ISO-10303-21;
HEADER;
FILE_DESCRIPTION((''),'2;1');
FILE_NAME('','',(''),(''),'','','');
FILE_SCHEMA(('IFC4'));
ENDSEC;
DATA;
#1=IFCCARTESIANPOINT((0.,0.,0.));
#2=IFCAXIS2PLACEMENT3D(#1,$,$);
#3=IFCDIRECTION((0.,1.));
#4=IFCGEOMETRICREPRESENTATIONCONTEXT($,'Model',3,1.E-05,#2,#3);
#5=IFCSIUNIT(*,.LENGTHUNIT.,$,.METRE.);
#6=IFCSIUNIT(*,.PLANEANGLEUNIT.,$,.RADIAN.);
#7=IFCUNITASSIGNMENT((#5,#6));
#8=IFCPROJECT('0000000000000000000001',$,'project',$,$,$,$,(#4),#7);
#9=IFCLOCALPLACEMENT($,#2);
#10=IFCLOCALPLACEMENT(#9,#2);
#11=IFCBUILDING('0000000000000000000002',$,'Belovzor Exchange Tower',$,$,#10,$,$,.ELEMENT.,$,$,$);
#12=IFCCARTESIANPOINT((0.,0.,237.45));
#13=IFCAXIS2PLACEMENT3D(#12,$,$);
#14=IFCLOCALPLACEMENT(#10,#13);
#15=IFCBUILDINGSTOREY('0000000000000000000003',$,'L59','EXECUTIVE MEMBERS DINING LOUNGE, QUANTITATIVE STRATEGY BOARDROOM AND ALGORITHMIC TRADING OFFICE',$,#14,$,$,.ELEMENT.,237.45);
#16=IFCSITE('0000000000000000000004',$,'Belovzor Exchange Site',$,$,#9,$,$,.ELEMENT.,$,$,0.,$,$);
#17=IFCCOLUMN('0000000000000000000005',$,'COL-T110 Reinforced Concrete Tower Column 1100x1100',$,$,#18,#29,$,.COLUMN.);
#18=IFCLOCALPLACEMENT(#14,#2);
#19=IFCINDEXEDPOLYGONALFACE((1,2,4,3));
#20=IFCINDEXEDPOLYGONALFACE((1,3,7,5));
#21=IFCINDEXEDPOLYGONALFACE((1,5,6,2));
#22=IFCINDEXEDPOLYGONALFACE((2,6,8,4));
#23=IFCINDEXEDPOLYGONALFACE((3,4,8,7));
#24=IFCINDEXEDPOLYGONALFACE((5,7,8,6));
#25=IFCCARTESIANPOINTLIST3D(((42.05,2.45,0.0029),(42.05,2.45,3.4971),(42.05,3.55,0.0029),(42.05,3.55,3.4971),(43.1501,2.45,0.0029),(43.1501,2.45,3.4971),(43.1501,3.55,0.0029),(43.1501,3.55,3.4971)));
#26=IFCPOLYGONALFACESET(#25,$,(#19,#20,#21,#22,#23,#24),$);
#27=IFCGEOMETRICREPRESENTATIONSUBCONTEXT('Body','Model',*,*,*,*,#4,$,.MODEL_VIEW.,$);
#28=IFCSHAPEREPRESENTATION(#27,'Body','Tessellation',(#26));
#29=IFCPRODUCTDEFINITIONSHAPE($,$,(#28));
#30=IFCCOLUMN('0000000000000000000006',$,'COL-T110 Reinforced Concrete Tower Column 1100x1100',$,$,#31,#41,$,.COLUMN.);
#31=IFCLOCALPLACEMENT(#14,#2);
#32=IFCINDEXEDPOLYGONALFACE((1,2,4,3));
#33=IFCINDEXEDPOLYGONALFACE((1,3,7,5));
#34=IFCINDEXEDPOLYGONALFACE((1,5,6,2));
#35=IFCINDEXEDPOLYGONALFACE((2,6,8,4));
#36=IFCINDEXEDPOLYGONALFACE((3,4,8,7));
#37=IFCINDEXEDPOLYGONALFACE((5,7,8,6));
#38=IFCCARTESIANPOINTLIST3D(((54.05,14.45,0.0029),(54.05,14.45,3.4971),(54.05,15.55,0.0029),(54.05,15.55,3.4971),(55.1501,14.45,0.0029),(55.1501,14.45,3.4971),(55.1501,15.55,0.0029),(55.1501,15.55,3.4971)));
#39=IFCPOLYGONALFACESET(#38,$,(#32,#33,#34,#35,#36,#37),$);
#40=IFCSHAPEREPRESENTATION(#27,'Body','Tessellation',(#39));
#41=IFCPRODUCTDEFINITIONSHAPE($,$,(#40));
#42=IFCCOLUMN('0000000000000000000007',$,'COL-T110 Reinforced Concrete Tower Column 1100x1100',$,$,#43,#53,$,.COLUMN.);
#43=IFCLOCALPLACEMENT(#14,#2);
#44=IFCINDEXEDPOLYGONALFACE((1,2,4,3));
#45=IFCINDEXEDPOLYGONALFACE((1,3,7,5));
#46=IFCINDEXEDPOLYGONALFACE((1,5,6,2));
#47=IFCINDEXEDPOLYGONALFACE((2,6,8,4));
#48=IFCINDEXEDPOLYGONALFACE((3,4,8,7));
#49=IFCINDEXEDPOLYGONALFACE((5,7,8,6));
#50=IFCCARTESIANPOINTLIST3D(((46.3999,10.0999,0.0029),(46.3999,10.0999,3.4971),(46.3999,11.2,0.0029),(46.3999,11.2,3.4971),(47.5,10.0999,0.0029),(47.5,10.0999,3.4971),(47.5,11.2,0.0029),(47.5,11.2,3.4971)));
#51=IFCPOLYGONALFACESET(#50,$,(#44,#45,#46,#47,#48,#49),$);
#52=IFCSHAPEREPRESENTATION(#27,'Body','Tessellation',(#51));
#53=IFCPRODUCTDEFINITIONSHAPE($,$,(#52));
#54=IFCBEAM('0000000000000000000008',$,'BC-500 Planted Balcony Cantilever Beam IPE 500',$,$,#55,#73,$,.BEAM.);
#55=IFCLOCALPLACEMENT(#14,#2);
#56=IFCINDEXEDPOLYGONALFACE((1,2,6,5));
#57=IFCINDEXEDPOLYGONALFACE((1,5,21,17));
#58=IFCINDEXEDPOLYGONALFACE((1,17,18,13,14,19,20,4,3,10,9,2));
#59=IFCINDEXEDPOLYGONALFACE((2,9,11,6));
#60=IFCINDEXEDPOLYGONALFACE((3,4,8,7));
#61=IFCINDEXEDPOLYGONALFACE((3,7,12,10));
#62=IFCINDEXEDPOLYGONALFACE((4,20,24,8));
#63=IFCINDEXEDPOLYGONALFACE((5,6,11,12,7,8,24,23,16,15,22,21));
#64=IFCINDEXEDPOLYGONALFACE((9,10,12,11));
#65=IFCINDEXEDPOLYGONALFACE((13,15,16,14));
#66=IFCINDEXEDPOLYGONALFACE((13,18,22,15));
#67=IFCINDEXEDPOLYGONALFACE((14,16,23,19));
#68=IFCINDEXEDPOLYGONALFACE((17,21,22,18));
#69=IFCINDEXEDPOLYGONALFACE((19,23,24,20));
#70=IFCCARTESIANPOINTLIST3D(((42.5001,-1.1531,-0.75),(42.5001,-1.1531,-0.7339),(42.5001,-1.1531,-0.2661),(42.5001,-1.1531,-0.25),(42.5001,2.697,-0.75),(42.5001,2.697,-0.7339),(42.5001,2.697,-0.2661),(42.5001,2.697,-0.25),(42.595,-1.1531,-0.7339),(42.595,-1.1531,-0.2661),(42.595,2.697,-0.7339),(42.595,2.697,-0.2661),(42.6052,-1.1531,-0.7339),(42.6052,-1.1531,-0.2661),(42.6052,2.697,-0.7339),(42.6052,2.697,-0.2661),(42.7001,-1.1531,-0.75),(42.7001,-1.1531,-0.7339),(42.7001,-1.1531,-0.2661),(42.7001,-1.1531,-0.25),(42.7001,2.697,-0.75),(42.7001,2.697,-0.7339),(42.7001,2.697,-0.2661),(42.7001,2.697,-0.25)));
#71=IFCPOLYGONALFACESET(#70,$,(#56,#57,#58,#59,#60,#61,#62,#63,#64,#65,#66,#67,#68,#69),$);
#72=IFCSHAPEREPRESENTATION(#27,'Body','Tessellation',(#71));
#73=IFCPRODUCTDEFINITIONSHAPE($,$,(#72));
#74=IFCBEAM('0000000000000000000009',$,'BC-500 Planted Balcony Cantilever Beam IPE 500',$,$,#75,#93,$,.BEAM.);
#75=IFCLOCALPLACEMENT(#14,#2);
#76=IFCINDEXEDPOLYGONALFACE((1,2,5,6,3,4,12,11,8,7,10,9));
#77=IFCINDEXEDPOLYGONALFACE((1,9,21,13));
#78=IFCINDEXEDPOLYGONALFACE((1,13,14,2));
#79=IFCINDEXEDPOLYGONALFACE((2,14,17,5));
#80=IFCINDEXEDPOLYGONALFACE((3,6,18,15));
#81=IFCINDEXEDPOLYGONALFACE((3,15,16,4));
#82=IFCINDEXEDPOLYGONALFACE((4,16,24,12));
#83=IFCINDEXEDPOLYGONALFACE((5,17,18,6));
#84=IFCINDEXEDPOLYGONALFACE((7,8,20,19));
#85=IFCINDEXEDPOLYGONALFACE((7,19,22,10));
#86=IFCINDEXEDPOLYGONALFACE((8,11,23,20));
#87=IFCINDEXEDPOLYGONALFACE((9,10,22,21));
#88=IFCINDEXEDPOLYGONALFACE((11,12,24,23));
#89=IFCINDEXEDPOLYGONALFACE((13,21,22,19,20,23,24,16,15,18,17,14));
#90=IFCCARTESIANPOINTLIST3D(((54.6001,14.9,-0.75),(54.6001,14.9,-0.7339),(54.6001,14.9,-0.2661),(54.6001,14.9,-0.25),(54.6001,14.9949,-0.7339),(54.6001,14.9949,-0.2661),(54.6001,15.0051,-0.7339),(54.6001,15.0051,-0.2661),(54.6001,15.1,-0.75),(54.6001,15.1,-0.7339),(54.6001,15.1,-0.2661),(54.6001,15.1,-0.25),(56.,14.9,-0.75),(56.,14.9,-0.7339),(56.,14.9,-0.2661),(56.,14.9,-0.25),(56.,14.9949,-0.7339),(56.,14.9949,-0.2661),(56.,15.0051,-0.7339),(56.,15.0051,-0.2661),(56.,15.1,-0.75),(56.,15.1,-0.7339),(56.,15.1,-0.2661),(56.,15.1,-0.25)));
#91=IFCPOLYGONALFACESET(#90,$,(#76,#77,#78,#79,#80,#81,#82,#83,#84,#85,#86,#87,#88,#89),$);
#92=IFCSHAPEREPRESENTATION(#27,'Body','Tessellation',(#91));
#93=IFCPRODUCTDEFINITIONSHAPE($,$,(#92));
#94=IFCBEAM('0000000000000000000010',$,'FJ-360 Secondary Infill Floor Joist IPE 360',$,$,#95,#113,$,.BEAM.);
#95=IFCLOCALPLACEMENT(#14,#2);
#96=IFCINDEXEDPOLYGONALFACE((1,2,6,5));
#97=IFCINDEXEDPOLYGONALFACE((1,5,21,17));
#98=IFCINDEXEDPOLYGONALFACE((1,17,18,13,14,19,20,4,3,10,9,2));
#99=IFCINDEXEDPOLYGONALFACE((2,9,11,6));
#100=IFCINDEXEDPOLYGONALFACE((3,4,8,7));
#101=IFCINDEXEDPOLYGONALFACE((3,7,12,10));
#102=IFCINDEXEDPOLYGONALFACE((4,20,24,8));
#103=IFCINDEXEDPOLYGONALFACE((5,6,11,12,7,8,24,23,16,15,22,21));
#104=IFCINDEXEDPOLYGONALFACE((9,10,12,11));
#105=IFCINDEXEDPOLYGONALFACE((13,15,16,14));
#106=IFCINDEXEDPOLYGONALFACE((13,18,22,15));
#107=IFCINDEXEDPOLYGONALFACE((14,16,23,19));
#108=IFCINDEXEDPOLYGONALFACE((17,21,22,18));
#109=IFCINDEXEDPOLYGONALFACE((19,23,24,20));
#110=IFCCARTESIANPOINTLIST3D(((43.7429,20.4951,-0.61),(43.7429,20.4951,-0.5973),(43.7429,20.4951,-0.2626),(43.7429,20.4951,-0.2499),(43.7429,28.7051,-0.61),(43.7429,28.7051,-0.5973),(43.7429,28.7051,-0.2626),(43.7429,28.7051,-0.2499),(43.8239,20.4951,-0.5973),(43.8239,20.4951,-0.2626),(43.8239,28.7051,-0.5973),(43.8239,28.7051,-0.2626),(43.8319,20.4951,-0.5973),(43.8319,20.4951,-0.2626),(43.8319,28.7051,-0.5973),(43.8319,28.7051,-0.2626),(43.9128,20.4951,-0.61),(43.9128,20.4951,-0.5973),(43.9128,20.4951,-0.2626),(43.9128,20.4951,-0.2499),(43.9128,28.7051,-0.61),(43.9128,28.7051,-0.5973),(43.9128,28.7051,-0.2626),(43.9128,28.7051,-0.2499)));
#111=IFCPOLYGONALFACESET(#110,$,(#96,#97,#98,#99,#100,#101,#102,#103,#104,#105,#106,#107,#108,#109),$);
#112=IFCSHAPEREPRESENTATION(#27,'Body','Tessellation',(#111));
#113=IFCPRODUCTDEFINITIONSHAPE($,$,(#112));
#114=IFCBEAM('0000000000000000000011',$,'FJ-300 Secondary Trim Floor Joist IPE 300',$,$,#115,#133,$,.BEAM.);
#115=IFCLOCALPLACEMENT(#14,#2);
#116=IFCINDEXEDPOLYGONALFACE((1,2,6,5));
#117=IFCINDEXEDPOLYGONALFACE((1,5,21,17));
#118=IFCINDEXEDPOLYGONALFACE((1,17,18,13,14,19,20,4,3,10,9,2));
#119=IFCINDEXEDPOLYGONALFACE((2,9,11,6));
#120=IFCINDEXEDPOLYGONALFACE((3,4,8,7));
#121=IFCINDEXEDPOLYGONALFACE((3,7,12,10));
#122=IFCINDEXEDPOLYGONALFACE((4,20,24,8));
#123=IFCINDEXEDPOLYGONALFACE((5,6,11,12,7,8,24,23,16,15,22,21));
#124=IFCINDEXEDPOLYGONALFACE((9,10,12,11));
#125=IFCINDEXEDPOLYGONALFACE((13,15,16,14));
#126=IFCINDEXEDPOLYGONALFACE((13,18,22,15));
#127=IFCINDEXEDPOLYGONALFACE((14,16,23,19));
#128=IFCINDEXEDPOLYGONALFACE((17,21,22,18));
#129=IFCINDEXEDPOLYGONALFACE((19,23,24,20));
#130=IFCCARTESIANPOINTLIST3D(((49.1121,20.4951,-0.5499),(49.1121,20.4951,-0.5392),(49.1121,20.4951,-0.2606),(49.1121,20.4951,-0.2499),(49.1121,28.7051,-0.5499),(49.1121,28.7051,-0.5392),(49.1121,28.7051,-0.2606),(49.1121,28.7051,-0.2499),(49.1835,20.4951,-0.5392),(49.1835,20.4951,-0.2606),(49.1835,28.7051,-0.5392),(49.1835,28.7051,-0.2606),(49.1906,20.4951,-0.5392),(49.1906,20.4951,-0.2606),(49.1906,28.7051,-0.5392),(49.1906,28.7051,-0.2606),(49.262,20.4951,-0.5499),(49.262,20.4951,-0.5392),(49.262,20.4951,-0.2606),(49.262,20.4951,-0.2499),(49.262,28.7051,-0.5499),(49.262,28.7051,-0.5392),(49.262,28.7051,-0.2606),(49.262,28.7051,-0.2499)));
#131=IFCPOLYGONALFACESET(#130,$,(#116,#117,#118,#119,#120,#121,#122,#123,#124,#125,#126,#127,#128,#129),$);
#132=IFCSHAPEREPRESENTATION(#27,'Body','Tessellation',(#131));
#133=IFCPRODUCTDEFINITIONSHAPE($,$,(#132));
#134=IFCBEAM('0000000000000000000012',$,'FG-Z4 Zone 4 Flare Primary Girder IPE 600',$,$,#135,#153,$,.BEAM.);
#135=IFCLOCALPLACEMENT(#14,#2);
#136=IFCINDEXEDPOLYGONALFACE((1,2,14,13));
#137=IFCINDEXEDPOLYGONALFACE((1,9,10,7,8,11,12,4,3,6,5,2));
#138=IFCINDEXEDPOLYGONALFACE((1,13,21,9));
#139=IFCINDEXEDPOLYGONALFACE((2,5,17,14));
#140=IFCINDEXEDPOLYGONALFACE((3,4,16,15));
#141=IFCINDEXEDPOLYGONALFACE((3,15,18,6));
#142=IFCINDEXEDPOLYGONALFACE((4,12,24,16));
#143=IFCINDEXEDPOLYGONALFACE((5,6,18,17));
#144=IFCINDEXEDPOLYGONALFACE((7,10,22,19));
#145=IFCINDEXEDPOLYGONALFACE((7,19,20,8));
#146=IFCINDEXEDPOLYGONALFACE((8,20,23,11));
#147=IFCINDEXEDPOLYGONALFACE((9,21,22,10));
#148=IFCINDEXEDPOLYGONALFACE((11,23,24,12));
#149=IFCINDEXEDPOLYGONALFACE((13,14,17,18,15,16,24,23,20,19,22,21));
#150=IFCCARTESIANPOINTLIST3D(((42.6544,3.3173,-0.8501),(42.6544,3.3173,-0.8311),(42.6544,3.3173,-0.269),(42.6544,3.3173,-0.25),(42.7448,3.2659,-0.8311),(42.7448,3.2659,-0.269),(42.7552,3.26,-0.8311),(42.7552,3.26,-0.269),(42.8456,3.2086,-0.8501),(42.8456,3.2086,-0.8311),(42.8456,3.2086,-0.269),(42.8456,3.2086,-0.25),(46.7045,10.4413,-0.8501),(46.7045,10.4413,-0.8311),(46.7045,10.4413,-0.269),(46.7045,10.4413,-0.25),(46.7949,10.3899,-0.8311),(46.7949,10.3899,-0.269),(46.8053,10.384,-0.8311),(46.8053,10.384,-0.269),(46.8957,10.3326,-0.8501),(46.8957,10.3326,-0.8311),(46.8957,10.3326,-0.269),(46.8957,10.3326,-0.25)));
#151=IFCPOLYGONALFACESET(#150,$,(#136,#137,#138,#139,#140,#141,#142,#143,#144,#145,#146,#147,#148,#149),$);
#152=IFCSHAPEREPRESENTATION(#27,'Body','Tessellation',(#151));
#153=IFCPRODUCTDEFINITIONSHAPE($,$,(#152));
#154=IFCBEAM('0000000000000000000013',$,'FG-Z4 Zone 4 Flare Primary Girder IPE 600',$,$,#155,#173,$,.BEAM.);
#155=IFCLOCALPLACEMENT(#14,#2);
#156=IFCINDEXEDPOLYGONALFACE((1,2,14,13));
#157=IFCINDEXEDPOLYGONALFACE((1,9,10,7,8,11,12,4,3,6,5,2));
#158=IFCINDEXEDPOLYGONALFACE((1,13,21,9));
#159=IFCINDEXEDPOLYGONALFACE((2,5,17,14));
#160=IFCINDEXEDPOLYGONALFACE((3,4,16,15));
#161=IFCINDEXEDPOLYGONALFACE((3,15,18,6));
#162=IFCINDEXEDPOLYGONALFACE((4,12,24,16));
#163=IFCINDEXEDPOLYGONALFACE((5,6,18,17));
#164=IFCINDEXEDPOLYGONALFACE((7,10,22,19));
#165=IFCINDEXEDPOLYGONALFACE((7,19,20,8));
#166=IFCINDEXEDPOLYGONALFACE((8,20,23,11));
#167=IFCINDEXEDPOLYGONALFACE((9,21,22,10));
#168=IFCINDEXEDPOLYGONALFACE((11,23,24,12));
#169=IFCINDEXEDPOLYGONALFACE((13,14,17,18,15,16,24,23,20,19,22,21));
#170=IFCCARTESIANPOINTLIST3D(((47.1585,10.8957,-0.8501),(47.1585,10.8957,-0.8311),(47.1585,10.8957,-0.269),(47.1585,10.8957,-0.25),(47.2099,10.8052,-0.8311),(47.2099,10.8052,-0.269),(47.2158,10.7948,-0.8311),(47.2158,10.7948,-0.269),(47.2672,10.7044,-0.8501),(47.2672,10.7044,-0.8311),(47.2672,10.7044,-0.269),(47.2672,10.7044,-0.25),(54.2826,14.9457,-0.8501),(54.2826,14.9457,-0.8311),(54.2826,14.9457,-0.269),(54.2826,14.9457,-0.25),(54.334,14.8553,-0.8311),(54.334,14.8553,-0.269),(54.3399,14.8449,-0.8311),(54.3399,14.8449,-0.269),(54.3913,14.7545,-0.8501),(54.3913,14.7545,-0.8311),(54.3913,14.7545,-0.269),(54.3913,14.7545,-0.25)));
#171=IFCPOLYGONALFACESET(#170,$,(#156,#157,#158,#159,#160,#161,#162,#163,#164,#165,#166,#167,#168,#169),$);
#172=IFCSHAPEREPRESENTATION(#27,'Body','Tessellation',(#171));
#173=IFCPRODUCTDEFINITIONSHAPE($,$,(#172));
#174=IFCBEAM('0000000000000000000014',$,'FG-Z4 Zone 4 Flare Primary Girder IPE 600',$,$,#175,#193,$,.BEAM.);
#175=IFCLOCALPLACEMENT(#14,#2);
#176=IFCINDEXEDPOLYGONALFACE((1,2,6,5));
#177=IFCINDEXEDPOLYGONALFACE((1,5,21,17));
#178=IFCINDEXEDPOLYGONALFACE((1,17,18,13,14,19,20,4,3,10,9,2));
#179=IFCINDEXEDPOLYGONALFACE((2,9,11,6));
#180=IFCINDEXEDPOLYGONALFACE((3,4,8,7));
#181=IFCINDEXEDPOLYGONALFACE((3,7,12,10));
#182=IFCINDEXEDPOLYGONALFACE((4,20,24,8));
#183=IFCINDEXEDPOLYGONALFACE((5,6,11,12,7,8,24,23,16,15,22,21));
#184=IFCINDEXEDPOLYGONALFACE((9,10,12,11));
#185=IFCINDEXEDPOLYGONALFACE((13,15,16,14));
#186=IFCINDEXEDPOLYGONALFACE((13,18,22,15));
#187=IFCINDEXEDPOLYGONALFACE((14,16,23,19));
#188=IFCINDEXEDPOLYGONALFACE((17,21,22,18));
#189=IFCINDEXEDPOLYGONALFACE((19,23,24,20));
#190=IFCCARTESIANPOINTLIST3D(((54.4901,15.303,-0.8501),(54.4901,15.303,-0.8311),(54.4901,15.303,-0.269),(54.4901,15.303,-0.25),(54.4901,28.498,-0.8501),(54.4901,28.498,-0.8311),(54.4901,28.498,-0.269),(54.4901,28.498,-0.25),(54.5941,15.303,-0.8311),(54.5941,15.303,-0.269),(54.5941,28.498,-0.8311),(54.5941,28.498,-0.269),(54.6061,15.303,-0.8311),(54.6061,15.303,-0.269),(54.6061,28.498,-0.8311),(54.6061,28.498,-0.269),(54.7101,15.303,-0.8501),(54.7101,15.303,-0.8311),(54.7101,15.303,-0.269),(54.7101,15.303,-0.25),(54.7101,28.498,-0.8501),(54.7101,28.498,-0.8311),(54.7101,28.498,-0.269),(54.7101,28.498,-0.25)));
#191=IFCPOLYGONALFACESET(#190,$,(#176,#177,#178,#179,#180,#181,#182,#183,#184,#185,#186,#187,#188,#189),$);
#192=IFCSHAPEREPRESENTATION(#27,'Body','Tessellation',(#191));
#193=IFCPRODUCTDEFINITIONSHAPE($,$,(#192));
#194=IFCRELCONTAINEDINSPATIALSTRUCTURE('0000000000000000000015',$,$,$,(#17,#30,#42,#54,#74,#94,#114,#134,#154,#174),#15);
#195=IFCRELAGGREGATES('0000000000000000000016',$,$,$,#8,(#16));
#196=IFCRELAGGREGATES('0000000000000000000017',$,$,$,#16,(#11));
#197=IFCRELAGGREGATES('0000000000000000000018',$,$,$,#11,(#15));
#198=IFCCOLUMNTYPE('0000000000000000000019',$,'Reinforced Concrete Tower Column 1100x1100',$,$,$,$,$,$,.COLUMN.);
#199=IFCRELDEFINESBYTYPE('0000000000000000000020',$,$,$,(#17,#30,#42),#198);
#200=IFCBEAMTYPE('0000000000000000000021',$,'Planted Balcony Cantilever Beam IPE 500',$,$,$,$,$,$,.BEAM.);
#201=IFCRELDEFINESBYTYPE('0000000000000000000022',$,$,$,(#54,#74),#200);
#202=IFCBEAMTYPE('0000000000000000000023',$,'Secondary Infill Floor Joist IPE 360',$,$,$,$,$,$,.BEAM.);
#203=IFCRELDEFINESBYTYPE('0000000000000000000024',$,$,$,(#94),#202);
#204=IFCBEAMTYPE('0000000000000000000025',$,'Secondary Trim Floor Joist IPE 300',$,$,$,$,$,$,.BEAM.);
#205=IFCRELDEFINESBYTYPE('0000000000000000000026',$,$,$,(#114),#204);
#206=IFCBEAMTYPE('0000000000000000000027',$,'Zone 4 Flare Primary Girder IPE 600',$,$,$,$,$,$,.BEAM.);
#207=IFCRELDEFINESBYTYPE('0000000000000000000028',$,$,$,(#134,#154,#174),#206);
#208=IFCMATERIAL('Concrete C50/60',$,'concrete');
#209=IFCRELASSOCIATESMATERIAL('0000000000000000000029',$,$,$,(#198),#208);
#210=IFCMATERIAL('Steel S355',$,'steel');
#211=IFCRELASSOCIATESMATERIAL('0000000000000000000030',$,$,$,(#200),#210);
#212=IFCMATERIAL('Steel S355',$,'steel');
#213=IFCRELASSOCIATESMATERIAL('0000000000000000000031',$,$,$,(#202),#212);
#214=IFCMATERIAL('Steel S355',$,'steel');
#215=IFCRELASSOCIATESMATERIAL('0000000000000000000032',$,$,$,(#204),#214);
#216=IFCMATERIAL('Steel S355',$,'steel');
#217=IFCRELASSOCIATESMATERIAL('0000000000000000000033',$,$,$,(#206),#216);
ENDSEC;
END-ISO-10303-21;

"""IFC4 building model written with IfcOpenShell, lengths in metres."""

from ifc_helpers import new_model, si_unit, direction, frame, origin, origin_2d, place, context, subcontext, project, spatial, rectangle, i_section, extrude, material, material_profile, profile_set, type_object, element, save


model = new_model("IFC4")

# Units and contexts
model_context = context("Model", 3, precision=1e-05, world=origin(), true_north=direction((0.0, 1.0)))
body_context = subcontext(model_context, "Body", "Model", "MODEL_VIEW")
ifc_project = project(units=[si_unit("LENGTHUNIT", "METRE"), si_unit("PLANEANGLEUNIT", "RADIAN")], contexts=[model_context])

# Site, building, storey
site_placement = place(None, origin())
site = spatial("IfcSite", under=ifc_project, at=site_placement, Name="Belovzor Exchange Site", CompositionType="ELEMENT", RefElevation=0.0)
building_placement = place(site_placement, origin())
building = spatial("IfcBuilding", under=site, at=building_placement, Name="Belovzor Exchange Tower", CompositionType="ELEMENT")
storey_placement = place(building_placement, frame((0.0, 0.0, 237.45)))
storey = spatial("IfcBuildingStorey", under=building, at=storey_placement, Name="L59", Description="EXECUTIVE MEMBERS DINING LOUNGE, QUANTITATIVE STRATEGY BOARDROOM AND ALGORITHMIC TRADING OFFICE", CompositionType="ELEMENT", Elevation=237.45)

# Columns
ifc_material_1 = material(Name="Concrete C50/60", Category="concrete")
ifc_material_profile_1 = material_profile(ifc_material_1, rectangle(XDim=1.1001, YDim=1.1001, at=origin_2d()))
ifc_profile_set_1 = profile_set([ifc_material_profile_1], Name="Concrete C50/60")
column_type = type_object("IfcColumnType", Name="Reinforced Concrete Tower Column 1100x1100", PredefinedType="COLUMN", material=ifc_profile_set_1)
for number, where, z_axis, x_axis, name in (
    (1, (42.6001, 3.0, 0.0029), (0.0, 0.0, 1.0), (1.0, 0.0, 0.0), "COL-T110 Reinforced Concrete Tower Column 1100x1100"),
    (2, (54.6001, 15.0, 0.0029), (0.0, 0.0, 1.0), (1.0, 0.0, 0.0), "COL-T110 Reinforced Concrete Tower Column 1100x1100"),
    (3, (46.95, 10.6499, 0.0029), (0.0, 0.0, 1.0), (1.0, 0.0, 0.0), "COL-T110 Reinforced Concrete Tower Column 1100x1100"),
):
    element("IfcColumn", number, at=place(storey_placement, frame(where, z_axis=z_axis, x_axis=x_axis)), inside=storey, type_object=column_type, Name=name, PredefinedType="COLUMN", context=body_context, shape_type="SweptSolid", body=[
        extrude(rectangle(XDim=1.1001, YDim=1.1001, at=origin_2d()), origin(), (0.0, 0.0, 1.0), 3.4941),
    ])

# Beams
ifc_material_2 = material(Name="Steel S355", Category="steel")
ifc_material_profile_2 = material_profile(ifc_material_2, i_section(OverallWidth=0.2, OverallDepth=0.5, WebThickness=0.0103, FlangeThickness=0.0161, at=origin_2d()))
ifc_profile_set_2 = profile_set([ifc_material_profile_2], Name="Steel S355")
beam_type_1 = type_object("IfcBeamType", Name="Planted Balcony Cantilever Beam IPE 500", PredefinedType="BEAM", material=ifc_profile_set_2)
beam_1_placement = place(storey_placement, frame((42.6001, 2.697, -0.5), z_axis=(0.0, -1.0, 0.0), x_axis=(1.0, 0.0, 0.0)))
element("IfcBeam", 4, at=beam_1_placement, inside=storey, type_object=beam_type_1, Name="BC-500 Planted Balcony Cantilever Beam IPE 500", PredefinedType="BEAM", context=body_context, shape_type="SweptSolid", body=[
    extrude(i_section(OverallWidth=0.2, OverallDepth=0.5, WebThickness=0.0103, FlangeThickness=0.0161, at=origin_2d()), origin(), (0.0, 0.0, 1.0), 3.8501),
])
beam_2_placement = place(storey_placement, frame((54.6001, 15.0, -0.5), z_axis=(1.0, 0.0, 0.0), x_axis=(0.0, 1.0, 0.0)))
element("IfcBeam", 5, at=beam_2_placement, inside=storey, type_object=beam_type_1, Name="BC-500 Planted Balcony Cantilever Beam IPE 500", PredefinedType="BEAM", context=body_context, shape_type="SweptSolid", body=[
    extrude(i_section(OverallWidth=0.2, OverallDepth=0.5, WebThickness=0.0103, FlangeThickness=0.0161, at=origin_2d()), origin(), (0.0, 0.0, 1.0), 1.3999),
])
ifc_material_3 = material(Name="Steel S355", Category="steel")
ifc_material_profile_3 = material_profile(ifc_material_3, i_section(OverallWidth=0.1699, OverallDepth=0.3601, WebThickness=0.0081, FlangeThickness=0.0127, at=origin_2d()))
ifc_profile_set_3 = profile_set([ifc_material_profile_3], Name="Steel S355")
beam_type_2 = type_object("IfcBeamType", Name="Secondary Infill Floor Joist IPE 360", PredefinedType="BEAM", material=ifc_profile_set_3)
beam_3_placement = place(storey_placement, frame((43.8279, 20.4951, -0.4299), z_axis=(0.0, 1.0, 0.0), x_axis=(-1.0, 0.0, 0.0)))
element("IfcBeam", 6, at=beam_3_placement, inside=storey, type_object=beam_type_2, Name="FJ-360 Secondary Infill Floor Joist IPE 360", PredefinedType="BEAM", context=body_context, shape_type="SweptSolid", body=[
    extrude(i_section(OverallWidth=0.1699, OverallDepth=0.3601, WebThickness=0.0081, FlangeThickness=0.0127, at=origin_2d()), origin(), (0.0, 0.0, 1.0), 8.21),
])
ifc_material_4 = material(Name="Steel S355", Category="steel")
ifc_material_profile_4 = material_profile(ifc_material_4, i_section(OverallWidth=0.1499, OverallDepth=0.3, WebThickness=0.0071, FlangeThickness=0.0107, at=origin_2d()))
ifc_profile_set_4 = profile_set([ifc_material_profile_4], Name="Steel S355")
beam_type_3 = type_object("IfcBeamType", Name="Secondary Trim Floor Joist IPE 300", PredefinedType="BEAM", material=ifc_profile_set_4)
beam_4_placement = place(storey_placement, frame((49.187, 20.4951, -0.3999), z_axis=(0.0, 1.0, 0.0), x_axis=(-1.0, 0.0, 0.0)))
element("IfcBeam", 7, at=beam_4_placement, inside=storey, type_object=beam_type_3, Name="FJ-300 Secondary Trim Floor Joist IPE 300", PredefinedType="BEAM", context=body_context, shape_type="SweptSolid", body=[
    extrude(i_section(OverallWidth=0.1499, OverallDepth=0.3, WebThickness=0.0071, FlangeThickness=0.0107, at=origin_2d()), origin(), (0.0, 0.0, 1.0), 8.21),
])
ifc_material_5 = material(Name="Steel S355", Category="steel")
ifc_material_profile_5 = material_profile(ifc_material_5, i_section(OverallWidth=0.22, OverallDepth=0.6001, WebThickness=0.012, FlangeThickness=0.019, at=origin_2d()))
ifc_profile_set_5 = profile_set([ifc_material_profile_5], Name="Steel S355")
beam_type_4 = type_object("IfcBeamType", Name="Zone 4 Flare Primary Girder IPE 600", PredefinedType="BEAM", material=ifc_profile_set_5)
for number, where, z_axis, x_axis, name in (
    (8, (42.75, 3.2629, -0.55), (0.494222, 0.869336, 0.0), (-0.869336, 0.494222, 0.0), "FG-Z4 Zone 4 Flare Primary Girder IPE 600"),
    (9, (47.2129, 10.8, -0.55), (0.869336, 0.494222, 0.0), (-0.494222, 0.869336, 0.0), "FG-Z4 Zone 4 Flare Primary Girder IPE 600"),
):
    element("IfcBeam", number, at=place(storey_placement, frame(where, z_axis=z_axis, x_axis=x_axis)), inside=storey, type_object=beam_type_4, Name=name, PredefinedType="BEAM", context=body_context, shape_type="SweptSolid", body=[
        extrude(i_section(OverallWidth=0.22, OverallDepth=0.6001, WebThickness=0.012, FlangeThickness=0.019, at=origin_2d()), origin(), (0.0, 0.0, 1.0), 8.1948),
    ])
beam_5_placement = place(storey_placement, frame((54.6001, 15.303, -0.55), z_axis=(0.0, 1.0, 0.0), x_axis=(-1.0, 0.0, 0.0)))
element("IfcBeam", 10, at=beam_5_placement, inside=storey, type_object=beam_type_4, Name="FG-Z4 Zone 4 Flare Primary Girder IPE 600", PredefinedType="BEAM", context=body_context, shape_type="SweptSolid", body=[
    extrude(i_section(OverallWidth=0.22, OverallDepth=0.6001, WebThickness=0.012, FlangeThickness=0.019, at=origin_2d()), origin(), (0.0, 0.0, 1.0), 13.1951),
])

save(model, "model.ifc")
